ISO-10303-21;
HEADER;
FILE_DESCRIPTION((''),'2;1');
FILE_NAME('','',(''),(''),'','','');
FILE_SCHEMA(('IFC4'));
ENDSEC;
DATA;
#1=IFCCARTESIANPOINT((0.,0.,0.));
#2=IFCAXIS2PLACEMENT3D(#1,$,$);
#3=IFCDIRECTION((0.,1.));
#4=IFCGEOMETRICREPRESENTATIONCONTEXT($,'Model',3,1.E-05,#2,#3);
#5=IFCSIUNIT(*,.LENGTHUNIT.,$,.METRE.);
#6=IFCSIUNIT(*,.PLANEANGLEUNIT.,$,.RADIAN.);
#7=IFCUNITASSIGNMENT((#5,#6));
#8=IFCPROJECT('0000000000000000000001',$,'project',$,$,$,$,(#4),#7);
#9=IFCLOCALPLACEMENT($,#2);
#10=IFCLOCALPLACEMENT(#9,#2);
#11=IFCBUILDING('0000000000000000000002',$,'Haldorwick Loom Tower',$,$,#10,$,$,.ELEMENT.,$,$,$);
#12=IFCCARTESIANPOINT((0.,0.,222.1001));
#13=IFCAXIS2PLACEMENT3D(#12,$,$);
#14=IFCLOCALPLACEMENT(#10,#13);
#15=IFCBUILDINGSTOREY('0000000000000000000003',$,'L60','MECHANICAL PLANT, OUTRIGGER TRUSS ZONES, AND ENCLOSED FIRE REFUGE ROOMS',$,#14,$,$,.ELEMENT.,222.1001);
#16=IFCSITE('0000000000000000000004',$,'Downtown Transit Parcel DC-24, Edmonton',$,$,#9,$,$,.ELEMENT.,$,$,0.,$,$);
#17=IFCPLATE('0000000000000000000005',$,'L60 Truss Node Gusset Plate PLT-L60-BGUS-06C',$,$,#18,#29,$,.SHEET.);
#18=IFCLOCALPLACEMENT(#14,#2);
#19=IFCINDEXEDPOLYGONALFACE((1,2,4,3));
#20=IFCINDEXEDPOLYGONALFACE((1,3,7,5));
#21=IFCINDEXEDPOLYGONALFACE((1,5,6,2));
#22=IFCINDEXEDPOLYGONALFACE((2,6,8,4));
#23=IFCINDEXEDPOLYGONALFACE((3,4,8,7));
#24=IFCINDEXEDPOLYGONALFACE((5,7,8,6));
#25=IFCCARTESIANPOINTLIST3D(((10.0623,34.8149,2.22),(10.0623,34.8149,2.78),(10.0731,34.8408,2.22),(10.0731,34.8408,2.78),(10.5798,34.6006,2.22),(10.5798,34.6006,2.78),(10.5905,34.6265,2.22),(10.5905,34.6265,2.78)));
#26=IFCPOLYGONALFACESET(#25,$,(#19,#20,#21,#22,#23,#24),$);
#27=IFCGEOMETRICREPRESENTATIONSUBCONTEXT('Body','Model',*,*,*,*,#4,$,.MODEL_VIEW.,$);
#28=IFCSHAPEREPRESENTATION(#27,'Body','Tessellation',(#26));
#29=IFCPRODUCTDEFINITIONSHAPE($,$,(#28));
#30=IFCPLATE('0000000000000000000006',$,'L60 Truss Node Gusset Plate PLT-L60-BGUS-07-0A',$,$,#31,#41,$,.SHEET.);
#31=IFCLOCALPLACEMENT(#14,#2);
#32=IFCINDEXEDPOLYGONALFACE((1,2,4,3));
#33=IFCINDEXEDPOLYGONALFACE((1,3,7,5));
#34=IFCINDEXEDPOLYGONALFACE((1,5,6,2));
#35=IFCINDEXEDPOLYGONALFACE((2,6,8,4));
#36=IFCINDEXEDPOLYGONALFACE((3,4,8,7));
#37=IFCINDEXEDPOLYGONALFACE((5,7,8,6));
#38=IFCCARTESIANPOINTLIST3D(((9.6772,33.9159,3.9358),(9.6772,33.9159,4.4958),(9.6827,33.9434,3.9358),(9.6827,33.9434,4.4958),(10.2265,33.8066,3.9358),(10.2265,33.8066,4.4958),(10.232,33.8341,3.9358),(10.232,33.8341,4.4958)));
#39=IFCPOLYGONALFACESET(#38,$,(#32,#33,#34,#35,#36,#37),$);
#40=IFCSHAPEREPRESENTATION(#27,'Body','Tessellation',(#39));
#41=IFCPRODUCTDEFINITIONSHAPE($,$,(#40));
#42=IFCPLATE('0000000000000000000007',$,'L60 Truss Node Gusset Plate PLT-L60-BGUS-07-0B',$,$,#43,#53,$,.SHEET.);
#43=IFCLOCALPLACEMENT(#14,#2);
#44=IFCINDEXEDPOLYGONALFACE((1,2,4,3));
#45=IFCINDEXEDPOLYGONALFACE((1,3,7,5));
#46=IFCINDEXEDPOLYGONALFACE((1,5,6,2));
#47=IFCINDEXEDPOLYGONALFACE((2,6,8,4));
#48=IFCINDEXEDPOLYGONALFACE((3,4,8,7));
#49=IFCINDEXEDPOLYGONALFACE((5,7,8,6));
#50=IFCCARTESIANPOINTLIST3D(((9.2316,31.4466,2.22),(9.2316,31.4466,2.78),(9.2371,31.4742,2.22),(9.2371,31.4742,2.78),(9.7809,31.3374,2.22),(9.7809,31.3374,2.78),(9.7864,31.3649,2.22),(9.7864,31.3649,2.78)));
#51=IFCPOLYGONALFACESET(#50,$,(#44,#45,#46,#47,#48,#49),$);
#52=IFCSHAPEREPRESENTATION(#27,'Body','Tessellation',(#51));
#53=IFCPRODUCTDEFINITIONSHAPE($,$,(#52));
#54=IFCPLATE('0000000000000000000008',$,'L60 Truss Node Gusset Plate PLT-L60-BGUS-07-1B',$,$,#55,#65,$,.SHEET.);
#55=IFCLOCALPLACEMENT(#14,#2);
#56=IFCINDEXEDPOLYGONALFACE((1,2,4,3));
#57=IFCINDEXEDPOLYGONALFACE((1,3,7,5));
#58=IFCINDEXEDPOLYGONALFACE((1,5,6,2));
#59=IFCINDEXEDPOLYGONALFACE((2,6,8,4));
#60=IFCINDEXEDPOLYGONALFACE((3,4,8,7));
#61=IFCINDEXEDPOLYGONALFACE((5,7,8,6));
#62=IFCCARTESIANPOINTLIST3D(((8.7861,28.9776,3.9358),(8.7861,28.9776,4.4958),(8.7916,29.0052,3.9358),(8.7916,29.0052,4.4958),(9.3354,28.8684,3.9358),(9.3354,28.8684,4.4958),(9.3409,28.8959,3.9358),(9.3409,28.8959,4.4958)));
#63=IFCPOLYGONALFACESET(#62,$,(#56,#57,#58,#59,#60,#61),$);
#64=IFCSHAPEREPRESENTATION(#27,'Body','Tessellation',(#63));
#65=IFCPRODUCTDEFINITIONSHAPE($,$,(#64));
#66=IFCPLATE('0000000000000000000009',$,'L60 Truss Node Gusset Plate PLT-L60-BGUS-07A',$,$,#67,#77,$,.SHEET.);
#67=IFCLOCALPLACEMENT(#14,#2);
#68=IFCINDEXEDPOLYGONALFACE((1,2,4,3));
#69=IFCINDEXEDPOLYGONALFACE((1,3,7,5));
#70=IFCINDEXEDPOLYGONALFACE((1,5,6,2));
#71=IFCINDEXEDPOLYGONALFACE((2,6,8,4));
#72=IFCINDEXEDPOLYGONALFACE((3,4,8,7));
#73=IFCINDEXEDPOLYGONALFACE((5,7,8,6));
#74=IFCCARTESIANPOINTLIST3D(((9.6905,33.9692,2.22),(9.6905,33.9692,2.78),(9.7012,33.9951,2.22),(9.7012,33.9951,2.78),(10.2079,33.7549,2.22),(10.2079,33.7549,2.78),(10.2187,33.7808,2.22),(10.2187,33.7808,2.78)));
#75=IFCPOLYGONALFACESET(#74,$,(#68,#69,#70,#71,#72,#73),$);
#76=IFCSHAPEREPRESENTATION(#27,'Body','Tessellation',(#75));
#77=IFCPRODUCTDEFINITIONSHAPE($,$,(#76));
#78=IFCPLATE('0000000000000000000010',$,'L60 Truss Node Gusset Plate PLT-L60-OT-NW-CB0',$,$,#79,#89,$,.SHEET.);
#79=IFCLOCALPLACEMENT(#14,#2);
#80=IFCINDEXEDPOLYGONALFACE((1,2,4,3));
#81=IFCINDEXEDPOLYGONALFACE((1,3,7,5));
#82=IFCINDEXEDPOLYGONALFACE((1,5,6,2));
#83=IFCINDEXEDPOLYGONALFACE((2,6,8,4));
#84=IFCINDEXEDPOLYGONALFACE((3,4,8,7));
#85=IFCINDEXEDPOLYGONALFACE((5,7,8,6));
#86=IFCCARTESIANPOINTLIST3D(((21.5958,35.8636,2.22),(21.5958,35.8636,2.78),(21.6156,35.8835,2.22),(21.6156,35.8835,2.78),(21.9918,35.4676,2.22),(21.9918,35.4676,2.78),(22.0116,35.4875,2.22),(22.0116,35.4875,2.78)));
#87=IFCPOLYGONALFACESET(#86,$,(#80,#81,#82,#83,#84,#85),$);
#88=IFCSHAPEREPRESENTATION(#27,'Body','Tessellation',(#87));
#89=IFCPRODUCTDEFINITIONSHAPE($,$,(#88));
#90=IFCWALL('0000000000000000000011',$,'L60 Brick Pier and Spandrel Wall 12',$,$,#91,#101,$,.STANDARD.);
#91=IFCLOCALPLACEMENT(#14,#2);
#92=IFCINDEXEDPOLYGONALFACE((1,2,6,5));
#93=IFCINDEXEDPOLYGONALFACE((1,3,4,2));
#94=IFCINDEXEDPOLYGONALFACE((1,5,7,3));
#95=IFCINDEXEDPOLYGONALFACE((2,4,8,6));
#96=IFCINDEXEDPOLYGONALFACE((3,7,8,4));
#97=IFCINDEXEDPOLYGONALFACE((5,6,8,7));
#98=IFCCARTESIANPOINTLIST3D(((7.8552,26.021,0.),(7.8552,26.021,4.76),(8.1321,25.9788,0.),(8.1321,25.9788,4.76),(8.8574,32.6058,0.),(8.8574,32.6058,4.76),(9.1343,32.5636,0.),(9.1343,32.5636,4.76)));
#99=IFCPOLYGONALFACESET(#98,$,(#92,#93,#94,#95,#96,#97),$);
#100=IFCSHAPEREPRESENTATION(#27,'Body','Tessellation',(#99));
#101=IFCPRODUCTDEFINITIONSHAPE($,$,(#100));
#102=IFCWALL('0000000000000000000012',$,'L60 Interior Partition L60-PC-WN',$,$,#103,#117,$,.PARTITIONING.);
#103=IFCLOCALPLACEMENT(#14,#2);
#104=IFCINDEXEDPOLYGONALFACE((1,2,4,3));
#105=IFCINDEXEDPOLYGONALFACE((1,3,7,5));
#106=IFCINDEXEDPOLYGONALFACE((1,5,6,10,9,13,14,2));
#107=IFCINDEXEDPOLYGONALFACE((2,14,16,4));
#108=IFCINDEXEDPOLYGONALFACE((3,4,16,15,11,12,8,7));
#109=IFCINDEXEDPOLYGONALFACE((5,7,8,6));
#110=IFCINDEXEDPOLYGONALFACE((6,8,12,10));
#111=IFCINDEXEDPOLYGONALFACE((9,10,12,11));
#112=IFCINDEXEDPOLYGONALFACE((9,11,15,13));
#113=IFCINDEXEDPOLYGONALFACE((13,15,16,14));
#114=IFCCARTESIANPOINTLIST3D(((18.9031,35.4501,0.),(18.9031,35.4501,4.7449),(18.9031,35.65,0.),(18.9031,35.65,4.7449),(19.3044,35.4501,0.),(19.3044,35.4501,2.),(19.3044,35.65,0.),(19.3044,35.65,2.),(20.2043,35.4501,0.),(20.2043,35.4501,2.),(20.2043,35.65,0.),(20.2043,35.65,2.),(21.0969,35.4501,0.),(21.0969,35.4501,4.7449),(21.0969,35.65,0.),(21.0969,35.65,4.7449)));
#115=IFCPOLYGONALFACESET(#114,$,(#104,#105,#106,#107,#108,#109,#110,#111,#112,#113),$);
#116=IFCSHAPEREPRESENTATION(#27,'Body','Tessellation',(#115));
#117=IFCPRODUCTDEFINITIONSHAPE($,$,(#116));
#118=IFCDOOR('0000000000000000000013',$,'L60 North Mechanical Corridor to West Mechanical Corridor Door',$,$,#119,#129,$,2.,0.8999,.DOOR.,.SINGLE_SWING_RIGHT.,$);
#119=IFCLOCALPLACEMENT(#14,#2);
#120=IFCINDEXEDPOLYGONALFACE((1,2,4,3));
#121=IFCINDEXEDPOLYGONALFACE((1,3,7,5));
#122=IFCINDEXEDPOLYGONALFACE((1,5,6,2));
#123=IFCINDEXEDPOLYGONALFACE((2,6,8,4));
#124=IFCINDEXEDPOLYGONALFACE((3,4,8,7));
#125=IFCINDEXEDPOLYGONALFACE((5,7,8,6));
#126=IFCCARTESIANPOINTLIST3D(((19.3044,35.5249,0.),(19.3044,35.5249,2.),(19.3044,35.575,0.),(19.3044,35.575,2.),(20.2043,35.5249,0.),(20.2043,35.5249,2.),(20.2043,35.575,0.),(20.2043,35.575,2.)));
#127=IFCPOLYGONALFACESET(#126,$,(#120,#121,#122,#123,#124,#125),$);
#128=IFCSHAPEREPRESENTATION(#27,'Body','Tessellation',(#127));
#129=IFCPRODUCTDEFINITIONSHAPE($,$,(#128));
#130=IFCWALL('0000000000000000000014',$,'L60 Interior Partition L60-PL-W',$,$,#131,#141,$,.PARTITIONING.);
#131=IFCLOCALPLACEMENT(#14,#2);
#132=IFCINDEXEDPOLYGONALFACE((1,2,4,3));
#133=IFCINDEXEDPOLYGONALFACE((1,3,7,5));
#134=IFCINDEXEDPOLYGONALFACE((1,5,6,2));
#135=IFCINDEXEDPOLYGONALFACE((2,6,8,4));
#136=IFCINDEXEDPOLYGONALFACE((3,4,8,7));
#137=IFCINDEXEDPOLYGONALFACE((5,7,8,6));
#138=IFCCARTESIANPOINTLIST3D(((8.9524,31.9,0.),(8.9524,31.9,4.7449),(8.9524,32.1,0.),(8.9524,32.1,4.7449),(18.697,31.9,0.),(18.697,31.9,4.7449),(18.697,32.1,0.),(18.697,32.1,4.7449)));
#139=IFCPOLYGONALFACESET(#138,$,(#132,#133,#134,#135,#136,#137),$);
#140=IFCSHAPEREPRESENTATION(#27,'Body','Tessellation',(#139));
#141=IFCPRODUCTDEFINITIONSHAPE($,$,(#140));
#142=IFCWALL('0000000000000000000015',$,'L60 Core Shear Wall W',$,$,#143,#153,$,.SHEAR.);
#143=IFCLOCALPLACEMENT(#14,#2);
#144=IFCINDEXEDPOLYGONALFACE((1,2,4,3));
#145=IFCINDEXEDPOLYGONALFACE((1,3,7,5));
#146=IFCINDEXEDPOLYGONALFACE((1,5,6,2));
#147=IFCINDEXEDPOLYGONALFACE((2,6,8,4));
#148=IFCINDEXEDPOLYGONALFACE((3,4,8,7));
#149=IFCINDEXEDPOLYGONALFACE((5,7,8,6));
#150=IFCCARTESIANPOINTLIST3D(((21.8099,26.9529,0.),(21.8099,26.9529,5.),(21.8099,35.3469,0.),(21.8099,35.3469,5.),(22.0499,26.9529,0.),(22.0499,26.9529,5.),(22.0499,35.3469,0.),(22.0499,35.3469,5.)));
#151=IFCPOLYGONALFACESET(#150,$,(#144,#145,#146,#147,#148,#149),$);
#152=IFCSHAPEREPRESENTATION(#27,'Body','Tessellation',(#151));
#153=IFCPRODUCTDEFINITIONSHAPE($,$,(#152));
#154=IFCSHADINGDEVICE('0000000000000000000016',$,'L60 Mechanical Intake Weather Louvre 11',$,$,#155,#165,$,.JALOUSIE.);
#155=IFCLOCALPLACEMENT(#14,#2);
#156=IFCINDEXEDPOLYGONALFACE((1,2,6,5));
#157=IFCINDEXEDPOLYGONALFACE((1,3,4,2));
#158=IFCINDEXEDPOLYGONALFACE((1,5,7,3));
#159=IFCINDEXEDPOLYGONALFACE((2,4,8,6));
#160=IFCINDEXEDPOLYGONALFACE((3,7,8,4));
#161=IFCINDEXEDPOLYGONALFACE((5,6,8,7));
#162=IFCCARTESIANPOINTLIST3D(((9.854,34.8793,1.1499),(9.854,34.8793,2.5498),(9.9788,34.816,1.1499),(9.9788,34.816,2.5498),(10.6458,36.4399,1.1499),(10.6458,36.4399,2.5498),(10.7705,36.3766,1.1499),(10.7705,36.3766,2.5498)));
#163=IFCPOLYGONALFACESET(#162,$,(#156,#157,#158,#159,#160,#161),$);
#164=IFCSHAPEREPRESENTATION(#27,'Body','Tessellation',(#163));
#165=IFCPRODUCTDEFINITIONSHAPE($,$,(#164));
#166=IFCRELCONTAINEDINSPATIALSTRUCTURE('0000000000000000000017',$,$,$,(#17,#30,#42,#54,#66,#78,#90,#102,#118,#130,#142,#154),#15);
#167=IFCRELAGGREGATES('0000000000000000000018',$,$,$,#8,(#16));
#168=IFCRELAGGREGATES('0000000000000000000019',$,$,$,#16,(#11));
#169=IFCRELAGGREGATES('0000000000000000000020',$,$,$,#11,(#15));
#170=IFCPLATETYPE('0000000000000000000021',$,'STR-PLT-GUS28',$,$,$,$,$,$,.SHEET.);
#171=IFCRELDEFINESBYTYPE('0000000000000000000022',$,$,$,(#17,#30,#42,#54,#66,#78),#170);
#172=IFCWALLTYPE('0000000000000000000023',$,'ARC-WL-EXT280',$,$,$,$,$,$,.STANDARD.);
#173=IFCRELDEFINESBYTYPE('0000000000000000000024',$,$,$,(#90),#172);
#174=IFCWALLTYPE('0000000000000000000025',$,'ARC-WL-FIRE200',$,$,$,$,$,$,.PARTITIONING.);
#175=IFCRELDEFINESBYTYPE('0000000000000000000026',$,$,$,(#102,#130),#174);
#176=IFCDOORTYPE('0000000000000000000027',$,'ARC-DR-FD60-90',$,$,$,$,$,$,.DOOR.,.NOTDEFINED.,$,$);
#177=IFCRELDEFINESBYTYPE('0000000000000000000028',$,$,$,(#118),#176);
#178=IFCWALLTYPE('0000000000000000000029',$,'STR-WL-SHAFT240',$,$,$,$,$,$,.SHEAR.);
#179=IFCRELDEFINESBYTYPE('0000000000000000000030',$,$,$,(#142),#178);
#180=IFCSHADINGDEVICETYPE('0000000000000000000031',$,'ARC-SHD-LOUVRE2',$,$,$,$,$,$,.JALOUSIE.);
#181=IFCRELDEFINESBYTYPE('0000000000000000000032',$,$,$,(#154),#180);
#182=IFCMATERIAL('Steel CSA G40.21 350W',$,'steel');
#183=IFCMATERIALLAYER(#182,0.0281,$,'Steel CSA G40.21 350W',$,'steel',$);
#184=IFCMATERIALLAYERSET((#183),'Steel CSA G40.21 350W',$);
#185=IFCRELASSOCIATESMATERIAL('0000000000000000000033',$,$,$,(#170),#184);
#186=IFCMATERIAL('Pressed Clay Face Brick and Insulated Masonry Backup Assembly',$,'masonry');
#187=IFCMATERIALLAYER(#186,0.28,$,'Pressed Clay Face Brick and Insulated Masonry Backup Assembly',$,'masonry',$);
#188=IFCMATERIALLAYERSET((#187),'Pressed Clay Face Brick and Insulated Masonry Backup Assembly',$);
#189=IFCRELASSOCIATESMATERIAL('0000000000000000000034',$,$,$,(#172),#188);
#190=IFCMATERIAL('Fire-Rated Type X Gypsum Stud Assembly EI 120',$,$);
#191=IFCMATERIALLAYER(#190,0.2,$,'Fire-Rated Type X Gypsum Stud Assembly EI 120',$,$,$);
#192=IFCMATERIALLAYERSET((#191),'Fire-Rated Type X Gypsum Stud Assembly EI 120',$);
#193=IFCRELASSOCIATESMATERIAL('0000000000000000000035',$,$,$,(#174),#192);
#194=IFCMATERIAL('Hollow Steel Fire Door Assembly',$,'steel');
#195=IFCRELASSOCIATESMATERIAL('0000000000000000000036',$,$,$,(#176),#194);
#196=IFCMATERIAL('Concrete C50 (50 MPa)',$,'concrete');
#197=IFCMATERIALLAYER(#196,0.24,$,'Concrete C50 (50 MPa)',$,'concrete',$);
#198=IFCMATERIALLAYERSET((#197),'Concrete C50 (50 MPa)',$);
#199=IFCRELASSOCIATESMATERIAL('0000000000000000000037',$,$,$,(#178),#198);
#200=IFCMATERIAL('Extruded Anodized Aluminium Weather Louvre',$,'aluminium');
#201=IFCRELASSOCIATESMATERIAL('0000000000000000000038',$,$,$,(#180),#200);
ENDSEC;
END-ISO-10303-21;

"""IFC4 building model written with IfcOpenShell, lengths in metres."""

from ifc_helpers import new_model, si_unit, direction, frame, frame_2d, origin, origin_2d, place, context, subcontext, project, spatial, rectangle, extrude, material, layer, layer_set, type_object, element, fill, save


model = new_model("IFC4")

# Units and contexts
model_context = context("Model", 3, precision=1e-05, world=origin(), true_north=direction((0.0, 1.0)))
body_context = subcontext(model_context, "Body", "Model", "MODEL_VIEW")
ifc_project = project(units=[si_unit("LENGTHUNIT", "METRE"), si_unit("PLANEANGLEUNIT", "RADIAN")], contexts=[model_context])

# Site, building, storey
site_placement = place(None, origin())
site = spatial("IfcSite", under=ifc_project, at=site_placement, Name="Downtown Transit Parcel DC-24, Edmonton", CompositionType="ELEMENT", RefElevation=0.0)
building_placement = place(site_placement, origin())
building = spatial("IfcBuilding", under=site, at=building_placement, Name="Haldorwick Loom Tower", CompositionType="ELEMENT")
storey_placement = place(building_placement, frame((0.0, 0.0, 222.1001)))
storey = spatial("IfcBuildingStorey", under=building, at=storey_placement, Name="L60", Description="MECHANICAL PLANT, OUTRIGGER TRUSS ZONES, AND ENCLOSED FIRE REFUGE ROOMS", CompositionType="ELEMENT", Elevation=222.1001)

# Shared definitions
ifc_material_1 = material(Name="Steel CSA G40.21 350W", Category="steel")

# Shared definitions
ifc_material_2 = material(Name="Concrete C50 (50 MPa)", Category="concrete")

# Plates
ifc_layer_1 = layer(ifc_material_1, 0.0281, Name="Steel CSA G40.21 350W", Category="steel")
ifc_layer_set_1 = layer_set([ifc_layer_1], Name="Steel CSA G40.21 350W")
plate_type = type_object("IfcPlateType", Name="STR-PLT-GUS28", PredefinedType="SHEET", material=ifc_layer_set_1)
for number, where, z_axis, x_axis, name in (
    (1, (10.3264, 34.7207, 2.22), (0.0, 0.0, 1.0), (-0.92388, 0.382683, 0.0), "L60 Truss Node Gusset Plate PLT-L60-BGUS-06C"),
    (2, (9.9546, 33.875, 3.9358), (0.0, 0.0, 1.0), (-0.980785, 0.19509, 0.0), "L60 Truss Node Gusset Plate PLT-L60-BGUS-07-0A"),
    (3, (9.509, 31.4058, 2.22), (0.0, 0.0, 1.0), (-0.980785, 0.19509, 0.0), "L60 Truss Node Gusset Plate PLT-L60-BGUS-07-0B"),
    (4, (9.0635, 28.9368, 3.9358), (0.0, 0.0, 1.0), (-0.980785, 0.19509, 0.0), "L60 Truss Node Gusset Plate PLT-L60-BGUS-07-1B"),
    (5, (9.9546, 33.875, 2.22), (0.0, 0.0, 1.0), (-0.92388, 0.382683, 0.0), "L60 Truss Node Gusset Plate PLT-L60-BGUS-07A"),
    (6, (21.8037, 35.6755, 2.22), (0.0, 0.0, 1.0), (-0.707107, 0.707107, 0.0), "L60 Truss Node Gusset Plate PLT-L60-OT-NW-CB0"),
):
    element("IfcPlate", number, at=place(storey_placement, frame(where, z_axis=z_axis, x_axis=x_axis)), inside=storey, type_object=plate_type, Name=name, PredefinedType="SHEET", context=body_context, shape_type="SweptSolid", body=[
        extrude(rectangle(XDim=0.5601, YDim=0.0281, at=origin_2d()), origin(), (0.0, 0.0, 1.0), 0.5601),
    ])

# Wall
ifc_material_3 = material(Name="Pressed Clay Face Brick and Insulated Masonry Backup Assembly", Category="masonry")
ifc_layer_2 = layer(ifc_material_3, 0.28, Name="Pressed Clay Face Brick and Insulated Masonry Backup Assembly", Category="masonry")
ifc_layer_set_2 = layer_set([ifc_layer_2], Name="Pressed Clay Face Brick and Insulated Masonry Backup Assembly")
wall_type_1 = type_object("IfcWallType", Name="ARC-WL-EXT280", PredefinedType="STANDARD", material=ifc_layer_set_2)
wall_1_placement = place(storey_placement, frame((8.9958, 32.5847, 0.0), z_axis=(0.0, 0.0, 1.0), x_axis=(-0.150468, -0.988615, 0.0)))
element("IfcWall", 7, at=wall_1_placement, inside=storey, type_object=wall_type_1, Name="L60 Brick Pier and Spandrel Wall 12", PredefinedType="STANDARD", context=body_context, shape_type="SweptSolid", body=[
    extrude(rectangle(XDim=6.6606, YDim=0.28, at=frame_2d((3.3303, 0.0))), origin(), (0.0, 0.0, 1.0), 4.76),
])

# Wall, opening, door
ifc_material_4 = material(Name="Fire-Rated Type X Gypsum Stud Assembly EI 120")
ifc_layer_3 = layer(ifc_material_4, 0.2, Name="Fire-Rated Type X Gypsum Stud Assembly EI 120")
ifc_layer_set_3 = layer_set([ifc_layer_3], Name="Fire-Rated Type X Gypsum Stud Assembly EI 120")
wall_type_2 = type_object("IfcWallType", Name="ARC-WL-FIRE200", PredefinedType="PARTITIONING", material=ifc_layer_set_3)
wall_2_placement = place(storey_placement, frame((18.9031, 35.55, 0.0), z_axis=(0.0, 0.0, 1.0), x_axis=(1.0, 0.0, 0.0)))
wall_2 = element("IfcWall", 8, at=wall_2_placement, inside=storey, type_object=wall_type_2, Name="L60 Interior Partition L60-PC-WN", PredefinedType="PARTITIONING", context=body_context, shape_type="SweptSolid", body=[
    extrude(rectangle(XDim=2.1938, YDim=0.2, at=frame_2d((1.0969, 0.0))), origin(), (0.0, 0.0, 1.0), 4.7449),
])
opening_placement = place(wall_2_placement, frame((0.4014, 0.0, 0.0)))
opening = element("IfcOpeningElement", 9, at=opening_placement, cuts=wall_2, PredefinedType="OPENING", context=body_context, shape_type="SweptSolid", body=[
    extrude(rectangle(XDim=0.8999, YDim=2.0, at=frame_2d((0.45, 1.0))), frame((0.0, 0.1099, 0.0), z_axis=(0.0, -1.0, 0.0), x_axis=(1.0, 0.0, 0.0)), (0.0, 0.0, 1.0), 0.22),
])
ifc_material_5 = material(Name="Hollow Steel Fire Door Assembly", Category="steel")
door_type = type_object("IfcDoorType", Name="ARC-DR-FD60-90", OperationType="NOTDEFINED", PredefinedType="DOOR", material=ifc_material_5)
door_placement = place(opening_placement, origin())
door = element("IfcDoor", 10, at=door_placement, inside=storey, type_object=door_type, Name="L60 North Mechanical Corridor to West Mechanical Corridor Door", OperationType="SINGLE_SWING_RIGHT", OverallHeight=2.0, OverallWidth=0.8999, PredefinedType="DOOR", context=body_context, shape_type="SweptSolid", body=[
    extrude(rectangle(XDim=0.8999, YDim=2.0, at=frame_2d((0.45, 1.0))), frame((0.0, 0.0249, 0.0), z_axis=(0.0, -1.0, 0.0), x_axis=(1.0, 0.0, 0.0)), (0.0, 0.0, 1.0), 0.05),
])
fill(opening, door)

# Walls
wall_3_placement = place(storey_placement, frame((8.9524, 32.0, 0.0), z_axis=(0.0, 0.0, 1.0), x_axis=(1.0, 0.0, 0.0)))
element("IfcWall", 11, at=wall_3_placement, inside=storey, type_object=wall_type_2, Name="L60 Interior Partition L60-PL-W", PredefinedType="PARTITIONING", context=body_context, shape_type="SweptSolid", body=[
    extrude(rectangle(XDim=9.7446, YDim=0.2, at=frame_2d((4.8723, 0.0))), origin(), (0.0, 0.0, 1.0), 4.7449),
])
ifc_layer_4 = layer(ifc_material_2, 0.24, Name="Concrete C50 (50 MPa)", Category="concrete")
ifc_layer_set_4 = layer_set([ifc_layer_4], Name="Concrete C50 (50 MPa)")
wall_type_3 = type_object("IfcWallType", Name="STR-WL-SHAFT240", PredefinedType="SHEAR", material=ifc_layer_set_4)
wall_4_placement = place(storey_placement, frame((21.9299, 35.3469, 0.0), z_axis=(0.0, 0.0, 1.0), x_axis=(0.0, -1.0, 0.0)))
element("IfcWall", 12, at=wall_4_placement, inside=storey, type_object=wall_type_3, Name="L60 Core Shear Wall W", PredefinedType="SHEAR", context=body_context, shape_type="SweptSolid", body=[
    extrude(rectangle(XDim=8.394, YDim=0.24, at=frame_2d((4.197, 0.0))), origin(), (0.0, 0.0, 1.0), 5.0),
])

# Shading device
ifc_material_6 = material(Name="Extruded Anodized Aluminium Weather Louvre", Category="aluminium")
shading_device_type = type_object("IfcShadingDeviceType", Name="ARC-SHD-LOUVRE2", PredefinedType="JALOUSIE", material=ifc_material_6)
shading_device_placement = place(storey_placement, frame((10.3123, 35.6279, 1.1499), z_axis=(0.0, 0.0, 1.0), x_axis=(-0.452435, -0.891798, 0.0)))
element("IfcShadingDevice", 13, at=shading_device_placement, inside=storey, type_object=shading_device_type, Name="L60 Mechanical Intake Weather Louvre 11", PredefinedType="JALOUSIE", context=body_context, shape_type="SweptSolid", body=[
    extrude(rectangle(XDim=1.75, YDim=0.1399, at=origin_2d()), origin(), (0.0, 0.0, 1.0), 1.3999),
])

save(model, "model.ifc")
